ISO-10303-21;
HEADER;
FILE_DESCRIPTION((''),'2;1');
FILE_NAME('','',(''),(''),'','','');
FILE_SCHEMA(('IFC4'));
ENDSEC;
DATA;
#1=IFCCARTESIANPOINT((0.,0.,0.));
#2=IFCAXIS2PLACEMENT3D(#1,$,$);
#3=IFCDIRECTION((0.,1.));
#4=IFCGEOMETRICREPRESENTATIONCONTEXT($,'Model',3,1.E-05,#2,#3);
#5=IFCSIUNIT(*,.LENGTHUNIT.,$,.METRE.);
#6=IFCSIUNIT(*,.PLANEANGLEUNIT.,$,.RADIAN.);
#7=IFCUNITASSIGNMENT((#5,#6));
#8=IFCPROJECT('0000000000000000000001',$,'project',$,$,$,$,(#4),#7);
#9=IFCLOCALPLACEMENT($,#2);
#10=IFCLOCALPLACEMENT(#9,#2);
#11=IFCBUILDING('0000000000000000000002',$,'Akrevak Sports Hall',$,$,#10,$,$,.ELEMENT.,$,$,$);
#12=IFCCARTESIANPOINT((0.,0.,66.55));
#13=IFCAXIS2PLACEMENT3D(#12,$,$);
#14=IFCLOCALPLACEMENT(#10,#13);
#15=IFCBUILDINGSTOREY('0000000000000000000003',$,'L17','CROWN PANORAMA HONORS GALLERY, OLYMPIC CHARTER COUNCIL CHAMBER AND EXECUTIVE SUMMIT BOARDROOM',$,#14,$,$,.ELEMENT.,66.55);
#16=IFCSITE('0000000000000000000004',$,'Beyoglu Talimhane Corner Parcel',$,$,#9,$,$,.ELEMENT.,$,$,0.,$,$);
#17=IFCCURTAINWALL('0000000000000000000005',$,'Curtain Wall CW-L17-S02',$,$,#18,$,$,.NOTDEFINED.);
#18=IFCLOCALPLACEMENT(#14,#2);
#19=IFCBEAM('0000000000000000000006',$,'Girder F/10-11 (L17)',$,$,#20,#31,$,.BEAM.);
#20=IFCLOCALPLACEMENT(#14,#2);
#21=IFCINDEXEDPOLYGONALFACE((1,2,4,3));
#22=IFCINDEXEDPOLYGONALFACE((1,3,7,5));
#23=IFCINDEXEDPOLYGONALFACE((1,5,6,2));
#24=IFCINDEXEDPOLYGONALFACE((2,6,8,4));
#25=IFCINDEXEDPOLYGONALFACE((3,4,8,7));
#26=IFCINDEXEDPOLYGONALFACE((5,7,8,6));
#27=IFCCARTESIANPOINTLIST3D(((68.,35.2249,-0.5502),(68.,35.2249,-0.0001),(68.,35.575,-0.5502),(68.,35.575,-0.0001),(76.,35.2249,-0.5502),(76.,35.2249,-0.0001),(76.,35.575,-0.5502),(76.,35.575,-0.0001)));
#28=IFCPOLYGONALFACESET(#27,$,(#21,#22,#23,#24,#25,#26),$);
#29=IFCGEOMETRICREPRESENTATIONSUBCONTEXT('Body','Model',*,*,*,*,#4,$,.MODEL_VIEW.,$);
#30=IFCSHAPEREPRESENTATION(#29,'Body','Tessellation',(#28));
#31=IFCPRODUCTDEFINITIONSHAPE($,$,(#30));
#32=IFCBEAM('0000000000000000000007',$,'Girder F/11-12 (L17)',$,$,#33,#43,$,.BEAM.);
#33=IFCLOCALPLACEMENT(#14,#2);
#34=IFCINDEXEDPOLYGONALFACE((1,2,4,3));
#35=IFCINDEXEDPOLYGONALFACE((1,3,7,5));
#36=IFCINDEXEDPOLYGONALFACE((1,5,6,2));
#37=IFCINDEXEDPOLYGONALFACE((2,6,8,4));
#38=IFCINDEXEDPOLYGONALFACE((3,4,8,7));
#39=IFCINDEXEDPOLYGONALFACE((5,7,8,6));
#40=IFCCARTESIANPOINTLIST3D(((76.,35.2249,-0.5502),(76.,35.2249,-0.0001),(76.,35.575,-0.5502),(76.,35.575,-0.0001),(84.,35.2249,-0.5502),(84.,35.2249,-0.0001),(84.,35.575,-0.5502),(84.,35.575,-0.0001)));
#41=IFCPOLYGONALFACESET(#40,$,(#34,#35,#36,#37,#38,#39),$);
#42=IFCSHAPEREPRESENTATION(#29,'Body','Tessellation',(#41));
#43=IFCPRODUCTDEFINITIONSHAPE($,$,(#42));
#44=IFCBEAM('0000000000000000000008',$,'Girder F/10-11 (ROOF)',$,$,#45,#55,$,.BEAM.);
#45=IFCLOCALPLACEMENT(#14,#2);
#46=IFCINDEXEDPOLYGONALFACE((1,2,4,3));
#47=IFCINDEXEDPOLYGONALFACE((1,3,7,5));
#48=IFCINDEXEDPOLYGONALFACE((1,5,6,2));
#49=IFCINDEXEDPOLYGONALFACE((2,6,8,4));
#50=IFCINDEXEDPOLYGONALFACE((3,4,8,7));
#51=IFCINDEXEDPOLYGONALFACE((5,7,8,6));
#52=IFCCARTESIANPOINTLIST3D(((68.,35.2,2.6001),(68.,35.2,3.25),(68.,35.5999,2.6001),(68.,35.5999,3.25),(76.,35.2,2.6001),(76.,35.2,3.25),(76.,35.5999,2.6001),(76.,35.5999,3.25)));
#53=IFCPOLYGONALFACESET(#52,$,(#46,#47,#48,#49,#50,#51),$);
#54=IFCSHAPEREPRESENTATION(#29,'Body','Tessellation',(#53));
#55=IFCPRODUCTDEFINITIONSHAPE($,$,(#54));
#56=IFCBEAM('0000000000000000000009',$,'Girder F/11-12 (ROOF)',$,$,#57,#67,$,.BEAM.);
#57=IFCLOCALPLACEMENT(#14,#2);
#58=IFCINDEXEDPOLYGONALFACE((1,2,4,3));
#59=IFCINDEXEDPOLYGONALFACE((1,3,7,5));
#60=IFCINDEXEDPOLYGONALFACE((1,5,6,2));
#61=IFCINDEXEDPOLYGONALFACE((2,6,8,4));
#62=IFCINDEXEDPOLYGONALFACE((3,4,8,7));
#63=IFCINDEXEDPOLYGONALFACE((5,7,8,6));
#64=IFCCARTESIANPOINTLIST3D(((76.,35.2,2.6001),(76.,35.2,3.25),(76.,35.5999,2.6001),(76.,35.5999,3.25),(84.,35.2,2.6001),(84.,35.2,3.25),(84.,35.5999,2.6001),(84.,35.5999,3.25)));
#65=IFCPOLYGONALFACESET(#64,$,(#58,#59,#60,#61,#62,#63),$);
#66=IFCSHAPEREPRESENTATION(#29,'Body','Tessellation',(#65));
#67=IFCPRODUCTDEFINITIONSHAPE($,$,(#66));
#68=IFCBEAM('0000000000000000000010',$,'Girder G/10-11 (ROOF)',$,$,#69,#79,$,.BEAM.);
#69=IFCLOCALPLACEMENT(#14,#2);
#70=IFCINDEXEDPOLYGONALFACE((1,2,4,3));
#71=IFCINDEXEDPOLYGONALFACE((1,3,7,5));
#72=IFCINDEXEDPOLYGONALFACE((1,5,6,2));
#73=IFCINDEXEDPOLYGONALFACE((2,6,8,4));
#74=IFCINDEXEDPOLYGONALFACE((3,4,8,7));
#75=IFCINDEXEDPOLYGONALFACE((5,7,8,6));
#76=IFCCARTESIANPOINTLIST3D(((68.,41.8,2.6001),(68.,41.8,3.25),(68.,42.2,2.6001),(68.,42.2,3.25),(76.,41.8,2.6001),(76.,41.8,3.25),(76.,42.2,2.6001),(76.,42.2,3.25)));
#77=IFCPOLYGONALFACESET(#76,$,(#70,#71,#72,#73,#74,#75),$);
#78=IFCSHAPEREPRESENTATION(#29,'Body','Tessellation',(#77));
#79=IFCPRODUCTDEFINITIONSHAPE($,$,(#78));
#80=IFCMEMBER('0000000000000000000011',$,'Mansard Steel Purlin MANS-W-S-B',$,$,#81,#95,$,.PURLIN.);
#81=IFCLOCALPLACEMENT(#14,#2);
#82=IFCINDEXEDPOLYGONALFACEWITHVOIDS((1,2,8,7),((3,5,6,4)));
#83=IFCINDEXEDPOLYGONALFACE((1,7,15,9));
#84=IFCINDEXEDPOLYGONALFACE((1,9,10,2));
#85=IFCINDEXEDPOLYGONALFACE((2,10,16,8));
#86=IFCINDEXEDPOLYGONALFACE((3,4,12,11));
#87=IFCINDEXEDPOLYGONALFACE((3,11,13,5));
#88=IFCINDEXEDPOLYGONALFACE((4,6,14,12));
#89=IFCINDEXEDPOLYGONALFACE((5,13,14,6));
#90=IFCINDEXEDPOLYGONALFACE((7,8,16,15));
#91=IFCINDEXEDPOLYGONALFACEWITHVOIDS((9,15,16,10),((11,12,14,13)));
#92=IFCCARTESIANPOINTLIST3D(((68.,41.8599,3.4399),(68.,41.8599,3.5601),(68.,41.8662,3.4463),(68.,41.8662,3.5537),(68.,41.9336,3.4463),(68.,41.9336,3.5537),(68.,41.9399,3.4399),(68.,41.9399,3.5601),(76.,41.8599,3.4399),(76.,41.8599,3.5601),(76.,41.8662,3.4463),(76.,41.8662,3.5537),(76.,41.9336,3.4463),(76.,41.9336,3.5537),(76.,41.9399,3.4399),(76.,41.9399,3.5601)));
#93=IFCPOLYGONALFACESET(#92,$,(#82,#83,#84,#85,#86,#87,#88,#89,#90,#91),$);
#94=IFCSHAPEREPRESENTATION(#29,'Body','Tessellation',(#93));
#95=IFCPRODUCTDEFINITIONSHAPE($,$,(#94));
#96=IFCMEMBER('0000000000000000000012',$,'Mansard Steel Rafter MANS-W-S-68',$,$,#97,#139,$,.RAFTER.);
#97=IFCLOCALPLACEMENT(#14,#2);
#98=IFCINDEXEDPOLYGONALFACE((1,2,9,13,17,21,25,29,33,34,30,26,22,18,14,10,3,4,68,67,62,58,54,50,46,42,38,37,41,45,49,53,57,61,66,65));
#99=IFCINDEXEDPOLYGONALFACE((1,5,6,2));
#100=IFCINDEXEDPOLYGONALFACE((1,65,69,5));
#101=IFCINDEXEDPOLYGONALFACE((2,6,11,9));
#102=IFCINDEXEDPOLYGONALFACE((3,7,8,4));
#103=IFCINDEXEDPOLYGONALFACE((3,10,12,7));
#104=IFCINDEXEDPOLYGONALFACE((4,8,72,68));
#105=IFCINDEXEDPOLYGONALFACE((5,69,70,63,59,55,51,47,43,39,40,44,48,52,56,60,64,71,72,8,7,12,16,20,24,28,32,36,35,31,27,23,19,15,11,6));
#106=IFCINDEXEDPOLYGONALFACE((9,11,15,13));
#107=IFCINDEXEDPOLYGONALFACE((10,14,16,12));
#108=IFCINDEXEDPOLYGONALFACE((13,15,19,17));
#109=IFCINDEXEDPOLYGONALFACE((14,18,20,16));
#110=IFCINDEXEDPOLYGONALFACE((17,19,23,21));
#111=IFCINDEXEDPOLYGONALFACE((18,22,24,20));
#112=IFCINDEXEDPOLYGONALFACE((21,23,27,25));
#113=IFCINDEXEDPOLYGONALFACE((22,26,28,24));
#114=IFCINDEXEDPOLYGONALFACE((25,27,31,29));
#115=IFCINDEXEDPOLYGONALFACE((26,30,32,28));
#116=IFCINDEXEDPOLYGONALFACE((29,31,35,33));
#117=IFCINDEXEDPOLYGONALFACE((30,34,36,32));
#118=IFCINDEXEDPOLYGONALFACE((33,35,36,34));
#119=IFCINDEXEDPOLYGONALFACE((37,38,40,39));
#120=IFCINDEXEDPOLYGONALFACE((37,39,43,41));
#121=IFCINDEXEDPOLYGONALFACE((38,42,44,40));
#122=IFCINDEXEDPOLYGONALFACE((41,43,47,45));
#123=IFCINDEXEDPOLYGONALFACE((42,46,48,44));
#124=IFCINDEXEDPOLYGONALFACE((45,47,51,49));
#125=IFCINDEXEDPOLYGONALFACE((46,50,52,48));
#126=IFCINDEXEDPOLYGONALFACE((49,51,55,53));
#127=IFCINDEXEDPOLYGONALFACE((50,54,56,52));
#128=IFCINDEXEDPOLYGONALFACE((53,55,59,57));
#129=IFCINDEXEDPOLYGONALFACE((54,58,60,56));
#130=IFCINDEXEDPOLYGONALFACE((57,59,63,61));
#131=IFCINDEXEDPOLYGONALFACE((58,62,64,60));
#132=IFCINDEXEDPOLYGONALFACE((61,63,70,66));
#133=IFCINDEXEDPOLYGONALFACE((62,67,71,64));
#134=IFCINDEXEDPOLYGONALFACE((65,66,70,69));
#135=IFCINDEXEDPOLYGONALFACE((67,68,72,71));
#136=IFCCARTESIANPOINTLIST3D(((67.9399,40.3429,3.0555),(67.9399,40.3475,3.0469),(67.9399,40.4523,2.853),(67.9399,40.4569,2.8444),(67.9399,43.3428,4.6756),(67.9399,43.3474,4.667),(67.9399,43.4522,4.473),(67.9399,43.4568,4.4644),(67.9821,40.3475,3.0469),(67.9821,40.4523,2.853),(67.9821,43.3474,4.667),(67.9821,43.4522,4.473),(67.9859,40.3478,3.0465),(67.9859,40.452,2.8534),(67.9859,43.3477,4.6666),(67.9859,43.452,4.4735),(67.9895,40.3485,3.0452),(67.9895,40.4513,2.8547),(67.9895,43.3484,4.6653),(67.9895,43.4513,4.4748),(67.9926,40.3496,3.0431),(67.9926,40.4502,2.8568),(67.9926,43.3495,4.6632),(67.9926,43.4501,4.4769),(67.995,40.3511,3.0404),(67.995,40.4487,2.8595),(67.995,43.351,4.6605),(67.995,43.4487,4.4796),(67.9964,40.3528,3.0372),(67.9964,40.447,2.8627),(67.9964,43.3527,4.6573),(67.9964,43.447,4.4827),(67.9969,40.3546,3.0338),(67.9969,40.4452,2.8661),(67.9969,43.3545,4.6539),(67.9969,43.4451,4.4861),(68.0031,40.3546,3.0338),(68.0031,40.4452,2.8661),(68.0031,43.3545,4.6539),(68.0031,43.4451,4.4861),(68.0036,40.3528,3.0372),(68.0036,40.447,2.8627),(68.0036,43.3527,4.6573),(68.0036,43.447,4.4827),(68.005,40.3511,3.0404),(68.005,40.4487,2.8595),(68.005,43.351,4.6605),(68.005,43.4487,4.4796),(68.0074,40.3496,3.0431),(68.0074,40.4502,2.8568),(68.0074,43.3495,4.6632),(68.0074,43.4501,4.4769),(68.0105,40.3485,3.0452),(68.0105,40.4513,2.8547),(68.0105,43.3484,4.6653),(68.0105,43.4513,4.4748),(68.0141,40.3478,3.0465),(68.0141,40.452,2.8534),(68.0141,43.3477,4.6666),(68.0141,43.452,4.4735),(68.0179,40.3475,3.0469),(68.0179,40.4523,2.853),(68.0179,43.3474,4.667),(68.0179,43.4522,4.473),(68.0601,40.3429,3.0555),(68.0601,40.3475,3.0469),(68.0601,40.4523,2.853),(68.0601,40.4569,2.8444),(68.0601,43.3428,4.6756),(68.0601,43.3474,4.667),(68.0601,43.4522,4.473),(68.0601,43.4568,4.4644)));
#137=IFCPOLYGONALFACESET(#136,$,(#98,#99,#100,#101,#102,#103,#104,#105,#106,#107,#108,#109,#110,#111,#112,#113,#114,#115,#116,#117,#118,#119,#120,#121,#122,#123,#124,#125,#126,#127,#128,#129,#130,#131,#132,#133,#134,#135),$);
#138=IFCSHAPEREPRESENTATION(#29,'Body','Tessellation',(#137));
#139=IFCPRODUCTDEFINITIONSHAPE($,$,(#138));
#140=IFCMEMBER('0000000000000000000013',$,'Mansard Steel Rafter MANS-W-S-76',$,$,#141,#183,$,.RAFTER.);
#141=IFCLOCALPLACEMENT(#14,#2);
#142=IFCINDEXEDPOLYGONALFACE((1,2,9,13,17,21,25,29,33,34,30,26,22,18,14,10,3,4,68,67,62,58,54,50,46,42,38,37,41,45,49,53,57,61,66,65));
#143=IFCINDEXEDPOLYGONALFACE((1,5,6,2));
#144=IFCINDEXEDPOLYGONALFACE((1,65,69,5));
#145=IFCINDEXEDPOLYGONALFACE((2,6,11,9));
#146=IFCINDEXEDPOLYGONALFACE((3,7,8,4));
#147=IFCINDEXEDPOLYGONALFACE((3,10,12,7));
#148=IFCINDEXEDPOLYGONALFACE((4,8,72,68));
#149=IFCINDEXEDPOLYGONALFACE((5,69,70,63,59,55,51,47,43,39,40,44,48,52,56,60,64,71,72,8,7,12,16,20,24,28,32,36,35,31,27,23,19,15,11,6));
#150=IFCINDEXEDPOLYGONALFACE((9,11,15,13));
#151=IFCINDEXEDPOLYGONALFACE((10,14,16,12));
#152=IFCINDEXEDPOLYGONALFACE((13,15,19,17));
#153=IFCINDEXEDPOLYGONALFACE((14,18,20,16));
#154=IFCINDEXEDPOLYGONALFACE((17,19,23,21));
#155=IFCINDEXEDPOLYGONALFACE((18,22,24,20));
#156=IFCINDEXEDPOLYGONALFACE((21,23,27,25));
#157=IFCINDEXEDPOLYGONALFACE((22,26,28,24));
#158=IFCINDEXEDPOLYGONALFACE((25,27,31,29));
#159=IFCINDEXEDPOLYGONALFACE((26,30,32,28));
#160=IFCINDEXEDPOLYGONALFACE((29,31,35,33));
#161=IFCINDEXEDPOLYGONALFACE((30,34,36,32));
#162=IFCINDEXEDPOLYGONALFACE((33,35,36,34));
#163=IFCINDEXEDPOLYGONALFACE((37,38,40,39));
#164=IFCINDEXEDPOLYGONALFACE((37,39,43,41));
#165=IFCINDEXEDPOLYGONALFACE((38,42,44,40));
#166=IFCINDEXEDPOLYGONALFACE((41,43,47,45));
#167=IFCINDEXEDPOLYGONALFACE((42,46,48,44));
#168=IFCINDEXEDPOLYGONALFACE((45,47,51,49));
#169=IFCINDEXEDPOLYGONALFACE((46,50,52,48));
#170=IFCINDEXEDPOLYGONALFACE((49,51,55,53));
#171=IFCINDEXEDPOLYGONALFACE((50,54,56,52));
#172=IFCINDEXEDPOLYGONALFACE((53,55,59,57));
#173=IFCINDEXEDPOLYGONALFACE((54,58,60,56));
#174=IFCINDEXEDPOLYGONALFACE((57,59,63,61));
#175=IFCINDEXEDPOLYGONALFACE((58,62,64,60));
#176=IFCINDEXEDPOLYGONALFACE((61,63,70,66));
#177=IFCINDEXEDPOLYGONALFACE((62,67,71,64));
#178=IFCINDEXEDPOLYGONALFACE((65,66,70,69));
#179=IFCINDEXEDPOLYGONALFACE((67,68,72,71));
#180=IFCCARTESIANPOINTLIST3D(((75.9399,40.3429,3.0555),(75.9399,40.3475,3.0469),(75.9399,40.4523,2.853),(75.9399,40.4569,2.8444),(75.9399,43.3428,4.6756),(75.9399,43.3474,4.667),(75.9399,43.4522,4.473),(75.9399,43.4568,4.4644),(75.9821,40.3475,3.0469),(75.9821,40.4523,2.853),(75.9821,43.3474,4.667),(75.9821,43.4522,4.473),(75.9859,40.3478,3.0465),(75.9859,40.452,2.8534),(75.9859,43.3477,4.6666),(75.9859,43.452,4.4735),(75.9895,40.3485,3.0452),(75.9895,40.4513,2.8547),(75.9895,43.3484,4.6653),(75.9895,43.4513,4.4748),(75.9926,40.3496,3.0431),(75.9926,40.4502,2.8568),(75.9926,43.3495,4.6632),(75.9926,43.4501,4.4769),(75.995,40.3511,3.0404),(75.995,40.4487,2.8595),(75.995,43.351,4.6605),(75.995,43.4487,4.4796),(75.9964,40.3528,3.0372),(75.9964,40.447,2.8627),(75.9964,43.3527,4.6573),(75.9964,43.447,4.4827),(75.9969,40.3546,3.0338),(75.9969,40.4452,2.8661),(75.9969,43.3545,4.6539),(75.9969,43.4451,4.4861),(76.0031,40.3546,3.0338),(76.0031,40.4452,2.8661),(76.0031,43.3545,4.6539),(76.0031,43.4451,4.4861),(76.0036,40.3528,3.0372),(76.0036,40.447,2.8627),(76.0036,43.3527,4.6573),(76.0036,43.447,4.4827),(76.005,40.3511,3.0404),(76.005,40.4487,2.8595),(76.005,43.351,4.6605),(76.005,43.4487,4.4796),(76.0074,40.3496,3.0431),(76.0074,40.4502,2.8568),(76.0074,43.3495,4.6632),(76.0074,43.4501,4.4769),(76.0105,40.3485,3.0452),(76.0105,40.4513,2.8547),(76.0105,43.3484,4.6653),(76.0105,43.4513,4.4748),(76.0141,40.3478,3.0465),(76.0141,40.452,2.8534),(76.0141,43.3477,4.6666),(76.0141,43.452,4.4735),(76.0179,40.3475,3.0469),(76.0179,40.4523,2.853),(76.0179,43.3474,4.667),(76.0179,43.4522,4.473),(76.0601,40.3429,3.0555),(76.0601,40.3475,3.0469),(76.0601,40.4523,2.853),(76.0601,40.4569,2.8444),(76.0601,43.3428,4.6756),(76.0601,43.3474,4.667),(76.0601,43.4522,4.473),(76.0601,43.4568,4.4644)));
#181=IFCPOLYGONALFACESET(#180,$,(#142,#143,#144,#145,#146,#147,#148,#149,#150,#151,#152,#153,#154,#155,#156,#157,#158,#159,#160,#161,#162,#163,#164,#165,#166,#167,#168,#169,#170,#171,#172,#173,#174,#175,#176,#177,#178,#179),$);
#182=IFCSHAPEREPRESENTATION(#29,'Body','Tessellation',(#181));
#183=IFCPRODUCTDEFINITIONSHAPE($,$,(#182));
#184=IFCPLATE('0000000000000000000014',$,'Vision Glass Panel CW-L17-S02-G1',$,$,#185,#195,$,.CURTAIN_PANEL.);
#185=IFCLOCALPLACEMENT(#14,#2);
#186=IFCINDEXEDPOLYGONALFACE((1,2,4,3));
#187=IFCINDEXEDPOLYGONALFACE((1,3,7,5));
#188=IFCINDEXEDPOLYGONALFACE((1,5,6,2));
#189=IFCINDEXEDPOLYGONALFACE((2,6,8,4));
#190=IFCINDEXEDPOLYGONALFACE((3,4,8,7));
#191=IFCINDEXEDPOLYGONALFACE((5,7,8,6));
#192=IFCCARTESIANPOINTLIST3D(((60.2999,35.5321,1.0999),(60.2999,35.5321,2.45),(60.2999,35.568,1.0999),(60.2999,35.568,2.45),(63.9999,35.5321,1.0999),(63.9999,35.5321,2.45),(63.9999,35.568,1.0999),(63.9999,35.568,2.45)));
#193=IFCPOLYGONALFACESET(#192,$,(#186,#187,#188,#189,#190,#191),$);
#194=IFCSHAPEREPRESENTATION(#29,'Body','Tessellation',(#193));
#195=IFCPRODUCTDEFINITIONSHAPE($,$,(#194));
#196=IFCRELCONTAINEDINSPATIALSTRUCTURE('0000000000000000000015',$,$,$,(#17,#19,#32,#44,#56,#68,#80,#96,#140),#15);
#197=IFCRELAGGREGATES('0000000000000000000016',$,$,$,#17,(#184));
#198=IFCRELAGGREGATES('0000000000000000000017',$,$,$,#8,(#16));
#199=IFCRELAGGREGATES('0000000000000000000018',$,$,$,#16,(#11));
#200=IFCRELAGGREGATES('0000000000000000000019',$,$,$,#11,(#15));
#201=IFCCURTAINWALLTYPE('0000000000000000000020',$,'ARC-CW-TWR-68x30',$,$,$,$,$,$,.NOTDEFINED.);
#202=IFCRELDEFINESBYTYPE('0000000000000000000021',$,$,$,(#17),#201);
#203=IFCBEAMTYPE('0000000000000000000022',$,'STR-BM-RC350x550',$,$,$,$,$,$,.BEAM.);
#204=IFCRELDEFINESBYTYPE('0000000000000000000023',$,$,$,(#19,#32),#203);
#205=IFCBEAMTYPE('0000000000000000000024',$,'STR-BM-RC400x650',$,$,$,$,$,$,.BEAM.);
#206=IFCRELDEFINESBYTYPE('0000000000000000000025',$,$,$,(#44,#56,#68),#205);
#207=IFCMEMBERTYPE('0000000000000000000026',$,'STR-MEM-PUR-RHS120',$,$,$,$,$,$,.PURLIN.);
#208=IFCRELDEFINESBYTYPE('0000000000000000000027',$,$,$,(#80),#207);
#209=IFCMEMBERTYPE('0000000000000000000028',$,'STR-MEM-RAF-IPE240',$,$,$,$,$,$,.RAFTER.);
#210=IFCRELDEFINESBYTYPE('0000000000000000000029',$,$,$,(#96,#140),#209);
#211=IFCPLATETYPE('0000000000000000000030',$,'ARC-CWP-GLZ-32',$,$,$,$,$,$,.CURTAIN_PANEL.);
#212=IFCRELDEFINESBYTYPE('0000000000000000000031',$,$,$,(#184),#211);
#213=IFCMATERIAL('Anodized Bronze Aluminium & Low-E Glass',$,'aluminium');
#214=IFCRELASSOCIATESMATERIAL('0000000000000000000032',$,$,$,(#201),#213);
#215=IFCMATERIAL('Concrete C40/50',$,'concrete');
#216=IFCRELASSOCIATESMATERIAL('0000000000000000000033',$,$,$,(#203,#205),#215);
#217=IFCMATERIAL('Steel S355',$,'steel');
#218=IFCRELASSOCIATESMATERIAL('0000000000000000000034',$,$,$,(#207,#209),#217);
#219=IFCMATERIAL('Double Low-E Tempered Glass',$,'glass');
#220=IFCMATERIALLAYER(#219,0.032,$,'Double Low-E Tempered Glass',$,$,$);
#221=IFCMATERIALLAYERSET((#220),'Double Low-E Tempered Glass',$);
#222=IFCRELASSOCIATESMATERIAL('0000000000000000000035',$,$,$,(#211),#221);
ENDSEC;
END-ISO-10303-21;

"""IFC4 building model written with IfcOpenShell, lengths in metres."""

from ifc_helpers import new_model, si_unit, direction, frame, origin, origin_2d, place, context, subcontext, project, spatial, rectangle, hollow_rectangle, i_section, extrude, material, layer, layer_set, material_profile, profile_set, type_object, element, aggregate, save


model = new_model("IFC4")

# Units and contexts
model_context = context("Model", 3, precision=1e-05, world=origin(), true_north=direction((0.0, 1.0)))
body_context = subcontext(model_context, "Body", "Model", "MODEL_VIEW")
ifc_project = project(units=[si_unit("LENGTHUNIT", "METRE"), si_unit("PLANEANGLEUNIT", "RADIAN")], contexts=[model_context])

# Site, building, storey
site_placement = place(None, origin())
site = spatial("IfcSite", under=ifc_project, at=site_placement, Name="Beyoglu Talimhane Corner Parcel", CompositionType="ELEMENT", RefElevation=0.0)
building_placement = place(site_placement, origin())
building = spatial("IfcBuilding", under=site, at=building_placement, Name="Akrevak Sports Hall", CompositionType="ELEMENT")
storey_placement = place(building_placement, frame((0.0, 0.0, 66.55)))
storey = spatial("IfcBuildingStorey", under=building, at=storey_placement, Name="L17", Description="CROWN PANORAMA HONORS GALLERY, OLYMPIC CHARTER COUNCIL CHAMBER AND EXECUTIVE SUMMIT BOARDROOM", CompositionType="ELEMENT", Elevation=66.55)

# Shared definitions
ifc_material_1 = material(Name="Concrete C40/50", Category="concrete")

# Curtain wall
ifc_material_2 = material(Name="Anodized Bronze Aluminium & Low-E Glass", Category="aluminium")
curtain_wall_type = type_object("IfcCurtainWallType", Name="ARC-CW-TWR-68x30", PredefinedType="NOTDEFINED", material=ifc_material_2)
curtain_wall_1_placement = place(storey_placement, origin())
curtain_wall_1 = element("IfcCurtainWall", 1, at=curtain_wall_1_placement, inside=storey, type_object=curtain_wall_type, Name="Curtain Wall CW-L17-S02", PredefinedType="NOTDEFINED")

# Beams
ifc_material_profile_1 = material_profile(ifc_material_1, rectangle(XDim=0.3501, YDim=0.55, at=origin_2d()), Name="BM 350x550", Category="concrete")
ifc_profile_set_1 = profile_set([ifc_material_profile_1], Name="Concrete C40/50")
beam_type_1 = type_object("IfcBeamType", Name="STR-BM-RC350x550", PredefinedType="BEAM", material=ifc_profile_set_1)
for number, where, z_axis, x_axis, name in (
    (2, (68.0, 35.3999, -0.2751), (1.0, 0.0, 0.0), (0.0, 1.0, 0.0), "Girder F/10-11 (L17)"),
    (3, (76.0, 35.3999, -0.2751), (1.0, 0.0, 0.0), (0.0, 1.0, 0.0), "Girder F/11-12 (L17)"),
):
    element("IfcBeam", number, at=place(storey_placement, frame(where, z_axis=z_axis, x_axis=x_axis)), inside=storey, type_object=beam_type_1, Name=name, PredefinedType="BEAM", context=body_context, shape_type="SweptSolid", body=[
        extrude(rectangle(XDim=0.3501, YDim=0.55, at=origin_2d()), origin(), (0.0, 0.0, 1.0), 8.0),
    ])
ifc_material_profile_2 = material_profile(ifc_material_1, rectangle(XDim=0.3999, YDim=0.6499, at=origin_2d()), Name="BM 400x650", Category="concrete")
ifc_profile_set_2 = profile_set([ifc_material_profile_2], Name="Concrete C40/50")
beam_type_2 = type_object("IfcBeamType", Name="STR-BM-RC400x650", PredefinedType="BEAM", material=ifc_profile_set_2)
for number, where, z_axis, x_axis, name in (
    (4, (68.0, 35.3999, 2.925), (1.0, 0.0, 0.0), (0.0, 1.0, 0.0), "Girder F/10-11 (ROOF)"),
    (5, (76.0, 35.3999, 2.925), (1.0, 0.0, 0.0), (0.0, 1.0, 0.0), "Girder F/11-12 (ROOF)"),
    (6, (68.0, 42.0, 2.925), (1.0, 0.0, 0.0), (0.0, 1.0, 0.0), "Girder G/10-11 (ROOF)"),
):
    element("IfcBeam", number, at=place(storey_placement, frame(where, z_axis=z_axis, x_axis=x_axis)), inside=storey, type_object=beam_type_2, Name=name, PredefinedType="BEAM", context=body_context, shape_type="SweptSolid", body=[
        extrude(rectangle(XDim=0.3999, YDim=0.6499, at=origin_2d()), origin(), (0.0, 0.0, 1.0), 8.0),
    ])

# Members
ifc_material_3 = material(Name="Steel S355", Category="steel")
ifc_material_profile_3 = material_profile(ifc_material_3, hollow_rectangle(XDim=0.0801, YDim=0.1201, WallThickness=0.0063, at=origin_2d()), Name="RHS 120x80x6.3", Category="steel")
ifc_profile_set_3 = profile_set([ifc_material_profile_3], Name="Steel S355")
member_type_1 = type_object("IfcMemberType", Name="STR-MEM-PUR-RHS120", PredefinedType="PURLIN", material=ifc_profile_set_3)
member_1_placement = place(storey_placement, frame((68.0, 41.8999, 3.5), z_axis=(1.0, 0.0, 0.0), x_axis=(0.0, 1.0, 0.0)))
element("IfcMember", 7, at=member_1_placement, inside=storey, type_object=member_type_1, Name="Mansard Steel Purlin MANS-W-S-B", PredefinedType="PURLIN", context=body_context, shape_type="SweptSolid", body=[
    extrude(hollow_rectangle(XDim=0.0801, YDim=0.1201, WallThickness=0.0063, at=origin_2d()), origin(), (0.0, 0.0, 1.0), 8.0),
])
ifc_material_profile_4 = material_profile(ifc_material_3, i_section(OverallWidth=0.1201, OverallDepth=0.24, WebThickness=0.0061, FlangeThickness=0.0098, FilletRadius=0.0149, at=origin_2d()), Name="IPE 240", Category="steel")
ifc_profile_set_4 = profile_set([ifc_material_profile_4], Name="Steel S355")
member_type_2 = type_object("IfcMemberType", Name="STR-MEM-RAF-IPE240", PredefinedType="RAFTER", material=ifc_profile_set_4)
for number, where, z_axis, x_axis, name in (
    (8, (68.0, 40.3999, 2.95), (0.0, 0.879891, 0.475176), (-1.0, 0.0, 0.0), "Mansard Steel Rafter MANS-W-S-68"),
    (9, (76.0, 40.3999, 2.95), (0.0, 0.879891, 0.475176), (-1.0, 0.0, 0.0), "Mansard Steel Rafter MANS-W-S-76"),
):
    element("IfcMember", number, at=place(storey_placement, frame(where, z_axis=z_axis, x_axis=x_axis)), inside=storey, type_object=member_type_2, Name=name, PredefinedType="RAFTER", context=body_context, shape_type="SweptSolid", body=[
        extrude(i_section(OverallWidth=0.1201, OverallDepth=0.24, WebThickness=0.0061, FlangeThickness=0.0098, FilletRadius=0.0149, at=origin_2d()), origin(), (0.0, 0.0, 1.0), 3.4094),
    ])

# Plate
ifc_material_4 = material(Name="Double Low-E Tempered Glass", Category="glass")
ifc_layer_1 = layer(ifc_material_4, 0.032, Name="Double Low-E Tempered Glass")
ifc_layer_set_1 = layer_set([ifc_layer_1], Name="Double Low-E Tempered Glass")
plate_type_1 = type_object("IfcPlateType", Name="ARC-CWP-GLZ-32", PredefinedType="CURTAIN_PANEL", material=ifc_layer_set_1)
plate_1_placement = place(storey_placement, frame((62.1499, 35.55, 1.0999), z_axis=(0.0, 0.0, 1.0), x_axis=(1.0, 0.0, 0.0)))
plate_1 = element("IfcPlate", 10, at=plate_1_placement, type_object=plate_type_1, Name="Vision Glass Panel CW-L17-S02-G1", PredefinedType="CURTAIN_PANEL", context=body_context, shape_type="SweptSolid", body=[
    extrude(rectangle(XDim=3.7, YDim=0.0359, at=origin_2d()), origin(), (0.0, 0.0, 1.0), 1.3501),
])
aggregate(curtain_wall_1, [plate_1])

save(model, "model.ifc")
